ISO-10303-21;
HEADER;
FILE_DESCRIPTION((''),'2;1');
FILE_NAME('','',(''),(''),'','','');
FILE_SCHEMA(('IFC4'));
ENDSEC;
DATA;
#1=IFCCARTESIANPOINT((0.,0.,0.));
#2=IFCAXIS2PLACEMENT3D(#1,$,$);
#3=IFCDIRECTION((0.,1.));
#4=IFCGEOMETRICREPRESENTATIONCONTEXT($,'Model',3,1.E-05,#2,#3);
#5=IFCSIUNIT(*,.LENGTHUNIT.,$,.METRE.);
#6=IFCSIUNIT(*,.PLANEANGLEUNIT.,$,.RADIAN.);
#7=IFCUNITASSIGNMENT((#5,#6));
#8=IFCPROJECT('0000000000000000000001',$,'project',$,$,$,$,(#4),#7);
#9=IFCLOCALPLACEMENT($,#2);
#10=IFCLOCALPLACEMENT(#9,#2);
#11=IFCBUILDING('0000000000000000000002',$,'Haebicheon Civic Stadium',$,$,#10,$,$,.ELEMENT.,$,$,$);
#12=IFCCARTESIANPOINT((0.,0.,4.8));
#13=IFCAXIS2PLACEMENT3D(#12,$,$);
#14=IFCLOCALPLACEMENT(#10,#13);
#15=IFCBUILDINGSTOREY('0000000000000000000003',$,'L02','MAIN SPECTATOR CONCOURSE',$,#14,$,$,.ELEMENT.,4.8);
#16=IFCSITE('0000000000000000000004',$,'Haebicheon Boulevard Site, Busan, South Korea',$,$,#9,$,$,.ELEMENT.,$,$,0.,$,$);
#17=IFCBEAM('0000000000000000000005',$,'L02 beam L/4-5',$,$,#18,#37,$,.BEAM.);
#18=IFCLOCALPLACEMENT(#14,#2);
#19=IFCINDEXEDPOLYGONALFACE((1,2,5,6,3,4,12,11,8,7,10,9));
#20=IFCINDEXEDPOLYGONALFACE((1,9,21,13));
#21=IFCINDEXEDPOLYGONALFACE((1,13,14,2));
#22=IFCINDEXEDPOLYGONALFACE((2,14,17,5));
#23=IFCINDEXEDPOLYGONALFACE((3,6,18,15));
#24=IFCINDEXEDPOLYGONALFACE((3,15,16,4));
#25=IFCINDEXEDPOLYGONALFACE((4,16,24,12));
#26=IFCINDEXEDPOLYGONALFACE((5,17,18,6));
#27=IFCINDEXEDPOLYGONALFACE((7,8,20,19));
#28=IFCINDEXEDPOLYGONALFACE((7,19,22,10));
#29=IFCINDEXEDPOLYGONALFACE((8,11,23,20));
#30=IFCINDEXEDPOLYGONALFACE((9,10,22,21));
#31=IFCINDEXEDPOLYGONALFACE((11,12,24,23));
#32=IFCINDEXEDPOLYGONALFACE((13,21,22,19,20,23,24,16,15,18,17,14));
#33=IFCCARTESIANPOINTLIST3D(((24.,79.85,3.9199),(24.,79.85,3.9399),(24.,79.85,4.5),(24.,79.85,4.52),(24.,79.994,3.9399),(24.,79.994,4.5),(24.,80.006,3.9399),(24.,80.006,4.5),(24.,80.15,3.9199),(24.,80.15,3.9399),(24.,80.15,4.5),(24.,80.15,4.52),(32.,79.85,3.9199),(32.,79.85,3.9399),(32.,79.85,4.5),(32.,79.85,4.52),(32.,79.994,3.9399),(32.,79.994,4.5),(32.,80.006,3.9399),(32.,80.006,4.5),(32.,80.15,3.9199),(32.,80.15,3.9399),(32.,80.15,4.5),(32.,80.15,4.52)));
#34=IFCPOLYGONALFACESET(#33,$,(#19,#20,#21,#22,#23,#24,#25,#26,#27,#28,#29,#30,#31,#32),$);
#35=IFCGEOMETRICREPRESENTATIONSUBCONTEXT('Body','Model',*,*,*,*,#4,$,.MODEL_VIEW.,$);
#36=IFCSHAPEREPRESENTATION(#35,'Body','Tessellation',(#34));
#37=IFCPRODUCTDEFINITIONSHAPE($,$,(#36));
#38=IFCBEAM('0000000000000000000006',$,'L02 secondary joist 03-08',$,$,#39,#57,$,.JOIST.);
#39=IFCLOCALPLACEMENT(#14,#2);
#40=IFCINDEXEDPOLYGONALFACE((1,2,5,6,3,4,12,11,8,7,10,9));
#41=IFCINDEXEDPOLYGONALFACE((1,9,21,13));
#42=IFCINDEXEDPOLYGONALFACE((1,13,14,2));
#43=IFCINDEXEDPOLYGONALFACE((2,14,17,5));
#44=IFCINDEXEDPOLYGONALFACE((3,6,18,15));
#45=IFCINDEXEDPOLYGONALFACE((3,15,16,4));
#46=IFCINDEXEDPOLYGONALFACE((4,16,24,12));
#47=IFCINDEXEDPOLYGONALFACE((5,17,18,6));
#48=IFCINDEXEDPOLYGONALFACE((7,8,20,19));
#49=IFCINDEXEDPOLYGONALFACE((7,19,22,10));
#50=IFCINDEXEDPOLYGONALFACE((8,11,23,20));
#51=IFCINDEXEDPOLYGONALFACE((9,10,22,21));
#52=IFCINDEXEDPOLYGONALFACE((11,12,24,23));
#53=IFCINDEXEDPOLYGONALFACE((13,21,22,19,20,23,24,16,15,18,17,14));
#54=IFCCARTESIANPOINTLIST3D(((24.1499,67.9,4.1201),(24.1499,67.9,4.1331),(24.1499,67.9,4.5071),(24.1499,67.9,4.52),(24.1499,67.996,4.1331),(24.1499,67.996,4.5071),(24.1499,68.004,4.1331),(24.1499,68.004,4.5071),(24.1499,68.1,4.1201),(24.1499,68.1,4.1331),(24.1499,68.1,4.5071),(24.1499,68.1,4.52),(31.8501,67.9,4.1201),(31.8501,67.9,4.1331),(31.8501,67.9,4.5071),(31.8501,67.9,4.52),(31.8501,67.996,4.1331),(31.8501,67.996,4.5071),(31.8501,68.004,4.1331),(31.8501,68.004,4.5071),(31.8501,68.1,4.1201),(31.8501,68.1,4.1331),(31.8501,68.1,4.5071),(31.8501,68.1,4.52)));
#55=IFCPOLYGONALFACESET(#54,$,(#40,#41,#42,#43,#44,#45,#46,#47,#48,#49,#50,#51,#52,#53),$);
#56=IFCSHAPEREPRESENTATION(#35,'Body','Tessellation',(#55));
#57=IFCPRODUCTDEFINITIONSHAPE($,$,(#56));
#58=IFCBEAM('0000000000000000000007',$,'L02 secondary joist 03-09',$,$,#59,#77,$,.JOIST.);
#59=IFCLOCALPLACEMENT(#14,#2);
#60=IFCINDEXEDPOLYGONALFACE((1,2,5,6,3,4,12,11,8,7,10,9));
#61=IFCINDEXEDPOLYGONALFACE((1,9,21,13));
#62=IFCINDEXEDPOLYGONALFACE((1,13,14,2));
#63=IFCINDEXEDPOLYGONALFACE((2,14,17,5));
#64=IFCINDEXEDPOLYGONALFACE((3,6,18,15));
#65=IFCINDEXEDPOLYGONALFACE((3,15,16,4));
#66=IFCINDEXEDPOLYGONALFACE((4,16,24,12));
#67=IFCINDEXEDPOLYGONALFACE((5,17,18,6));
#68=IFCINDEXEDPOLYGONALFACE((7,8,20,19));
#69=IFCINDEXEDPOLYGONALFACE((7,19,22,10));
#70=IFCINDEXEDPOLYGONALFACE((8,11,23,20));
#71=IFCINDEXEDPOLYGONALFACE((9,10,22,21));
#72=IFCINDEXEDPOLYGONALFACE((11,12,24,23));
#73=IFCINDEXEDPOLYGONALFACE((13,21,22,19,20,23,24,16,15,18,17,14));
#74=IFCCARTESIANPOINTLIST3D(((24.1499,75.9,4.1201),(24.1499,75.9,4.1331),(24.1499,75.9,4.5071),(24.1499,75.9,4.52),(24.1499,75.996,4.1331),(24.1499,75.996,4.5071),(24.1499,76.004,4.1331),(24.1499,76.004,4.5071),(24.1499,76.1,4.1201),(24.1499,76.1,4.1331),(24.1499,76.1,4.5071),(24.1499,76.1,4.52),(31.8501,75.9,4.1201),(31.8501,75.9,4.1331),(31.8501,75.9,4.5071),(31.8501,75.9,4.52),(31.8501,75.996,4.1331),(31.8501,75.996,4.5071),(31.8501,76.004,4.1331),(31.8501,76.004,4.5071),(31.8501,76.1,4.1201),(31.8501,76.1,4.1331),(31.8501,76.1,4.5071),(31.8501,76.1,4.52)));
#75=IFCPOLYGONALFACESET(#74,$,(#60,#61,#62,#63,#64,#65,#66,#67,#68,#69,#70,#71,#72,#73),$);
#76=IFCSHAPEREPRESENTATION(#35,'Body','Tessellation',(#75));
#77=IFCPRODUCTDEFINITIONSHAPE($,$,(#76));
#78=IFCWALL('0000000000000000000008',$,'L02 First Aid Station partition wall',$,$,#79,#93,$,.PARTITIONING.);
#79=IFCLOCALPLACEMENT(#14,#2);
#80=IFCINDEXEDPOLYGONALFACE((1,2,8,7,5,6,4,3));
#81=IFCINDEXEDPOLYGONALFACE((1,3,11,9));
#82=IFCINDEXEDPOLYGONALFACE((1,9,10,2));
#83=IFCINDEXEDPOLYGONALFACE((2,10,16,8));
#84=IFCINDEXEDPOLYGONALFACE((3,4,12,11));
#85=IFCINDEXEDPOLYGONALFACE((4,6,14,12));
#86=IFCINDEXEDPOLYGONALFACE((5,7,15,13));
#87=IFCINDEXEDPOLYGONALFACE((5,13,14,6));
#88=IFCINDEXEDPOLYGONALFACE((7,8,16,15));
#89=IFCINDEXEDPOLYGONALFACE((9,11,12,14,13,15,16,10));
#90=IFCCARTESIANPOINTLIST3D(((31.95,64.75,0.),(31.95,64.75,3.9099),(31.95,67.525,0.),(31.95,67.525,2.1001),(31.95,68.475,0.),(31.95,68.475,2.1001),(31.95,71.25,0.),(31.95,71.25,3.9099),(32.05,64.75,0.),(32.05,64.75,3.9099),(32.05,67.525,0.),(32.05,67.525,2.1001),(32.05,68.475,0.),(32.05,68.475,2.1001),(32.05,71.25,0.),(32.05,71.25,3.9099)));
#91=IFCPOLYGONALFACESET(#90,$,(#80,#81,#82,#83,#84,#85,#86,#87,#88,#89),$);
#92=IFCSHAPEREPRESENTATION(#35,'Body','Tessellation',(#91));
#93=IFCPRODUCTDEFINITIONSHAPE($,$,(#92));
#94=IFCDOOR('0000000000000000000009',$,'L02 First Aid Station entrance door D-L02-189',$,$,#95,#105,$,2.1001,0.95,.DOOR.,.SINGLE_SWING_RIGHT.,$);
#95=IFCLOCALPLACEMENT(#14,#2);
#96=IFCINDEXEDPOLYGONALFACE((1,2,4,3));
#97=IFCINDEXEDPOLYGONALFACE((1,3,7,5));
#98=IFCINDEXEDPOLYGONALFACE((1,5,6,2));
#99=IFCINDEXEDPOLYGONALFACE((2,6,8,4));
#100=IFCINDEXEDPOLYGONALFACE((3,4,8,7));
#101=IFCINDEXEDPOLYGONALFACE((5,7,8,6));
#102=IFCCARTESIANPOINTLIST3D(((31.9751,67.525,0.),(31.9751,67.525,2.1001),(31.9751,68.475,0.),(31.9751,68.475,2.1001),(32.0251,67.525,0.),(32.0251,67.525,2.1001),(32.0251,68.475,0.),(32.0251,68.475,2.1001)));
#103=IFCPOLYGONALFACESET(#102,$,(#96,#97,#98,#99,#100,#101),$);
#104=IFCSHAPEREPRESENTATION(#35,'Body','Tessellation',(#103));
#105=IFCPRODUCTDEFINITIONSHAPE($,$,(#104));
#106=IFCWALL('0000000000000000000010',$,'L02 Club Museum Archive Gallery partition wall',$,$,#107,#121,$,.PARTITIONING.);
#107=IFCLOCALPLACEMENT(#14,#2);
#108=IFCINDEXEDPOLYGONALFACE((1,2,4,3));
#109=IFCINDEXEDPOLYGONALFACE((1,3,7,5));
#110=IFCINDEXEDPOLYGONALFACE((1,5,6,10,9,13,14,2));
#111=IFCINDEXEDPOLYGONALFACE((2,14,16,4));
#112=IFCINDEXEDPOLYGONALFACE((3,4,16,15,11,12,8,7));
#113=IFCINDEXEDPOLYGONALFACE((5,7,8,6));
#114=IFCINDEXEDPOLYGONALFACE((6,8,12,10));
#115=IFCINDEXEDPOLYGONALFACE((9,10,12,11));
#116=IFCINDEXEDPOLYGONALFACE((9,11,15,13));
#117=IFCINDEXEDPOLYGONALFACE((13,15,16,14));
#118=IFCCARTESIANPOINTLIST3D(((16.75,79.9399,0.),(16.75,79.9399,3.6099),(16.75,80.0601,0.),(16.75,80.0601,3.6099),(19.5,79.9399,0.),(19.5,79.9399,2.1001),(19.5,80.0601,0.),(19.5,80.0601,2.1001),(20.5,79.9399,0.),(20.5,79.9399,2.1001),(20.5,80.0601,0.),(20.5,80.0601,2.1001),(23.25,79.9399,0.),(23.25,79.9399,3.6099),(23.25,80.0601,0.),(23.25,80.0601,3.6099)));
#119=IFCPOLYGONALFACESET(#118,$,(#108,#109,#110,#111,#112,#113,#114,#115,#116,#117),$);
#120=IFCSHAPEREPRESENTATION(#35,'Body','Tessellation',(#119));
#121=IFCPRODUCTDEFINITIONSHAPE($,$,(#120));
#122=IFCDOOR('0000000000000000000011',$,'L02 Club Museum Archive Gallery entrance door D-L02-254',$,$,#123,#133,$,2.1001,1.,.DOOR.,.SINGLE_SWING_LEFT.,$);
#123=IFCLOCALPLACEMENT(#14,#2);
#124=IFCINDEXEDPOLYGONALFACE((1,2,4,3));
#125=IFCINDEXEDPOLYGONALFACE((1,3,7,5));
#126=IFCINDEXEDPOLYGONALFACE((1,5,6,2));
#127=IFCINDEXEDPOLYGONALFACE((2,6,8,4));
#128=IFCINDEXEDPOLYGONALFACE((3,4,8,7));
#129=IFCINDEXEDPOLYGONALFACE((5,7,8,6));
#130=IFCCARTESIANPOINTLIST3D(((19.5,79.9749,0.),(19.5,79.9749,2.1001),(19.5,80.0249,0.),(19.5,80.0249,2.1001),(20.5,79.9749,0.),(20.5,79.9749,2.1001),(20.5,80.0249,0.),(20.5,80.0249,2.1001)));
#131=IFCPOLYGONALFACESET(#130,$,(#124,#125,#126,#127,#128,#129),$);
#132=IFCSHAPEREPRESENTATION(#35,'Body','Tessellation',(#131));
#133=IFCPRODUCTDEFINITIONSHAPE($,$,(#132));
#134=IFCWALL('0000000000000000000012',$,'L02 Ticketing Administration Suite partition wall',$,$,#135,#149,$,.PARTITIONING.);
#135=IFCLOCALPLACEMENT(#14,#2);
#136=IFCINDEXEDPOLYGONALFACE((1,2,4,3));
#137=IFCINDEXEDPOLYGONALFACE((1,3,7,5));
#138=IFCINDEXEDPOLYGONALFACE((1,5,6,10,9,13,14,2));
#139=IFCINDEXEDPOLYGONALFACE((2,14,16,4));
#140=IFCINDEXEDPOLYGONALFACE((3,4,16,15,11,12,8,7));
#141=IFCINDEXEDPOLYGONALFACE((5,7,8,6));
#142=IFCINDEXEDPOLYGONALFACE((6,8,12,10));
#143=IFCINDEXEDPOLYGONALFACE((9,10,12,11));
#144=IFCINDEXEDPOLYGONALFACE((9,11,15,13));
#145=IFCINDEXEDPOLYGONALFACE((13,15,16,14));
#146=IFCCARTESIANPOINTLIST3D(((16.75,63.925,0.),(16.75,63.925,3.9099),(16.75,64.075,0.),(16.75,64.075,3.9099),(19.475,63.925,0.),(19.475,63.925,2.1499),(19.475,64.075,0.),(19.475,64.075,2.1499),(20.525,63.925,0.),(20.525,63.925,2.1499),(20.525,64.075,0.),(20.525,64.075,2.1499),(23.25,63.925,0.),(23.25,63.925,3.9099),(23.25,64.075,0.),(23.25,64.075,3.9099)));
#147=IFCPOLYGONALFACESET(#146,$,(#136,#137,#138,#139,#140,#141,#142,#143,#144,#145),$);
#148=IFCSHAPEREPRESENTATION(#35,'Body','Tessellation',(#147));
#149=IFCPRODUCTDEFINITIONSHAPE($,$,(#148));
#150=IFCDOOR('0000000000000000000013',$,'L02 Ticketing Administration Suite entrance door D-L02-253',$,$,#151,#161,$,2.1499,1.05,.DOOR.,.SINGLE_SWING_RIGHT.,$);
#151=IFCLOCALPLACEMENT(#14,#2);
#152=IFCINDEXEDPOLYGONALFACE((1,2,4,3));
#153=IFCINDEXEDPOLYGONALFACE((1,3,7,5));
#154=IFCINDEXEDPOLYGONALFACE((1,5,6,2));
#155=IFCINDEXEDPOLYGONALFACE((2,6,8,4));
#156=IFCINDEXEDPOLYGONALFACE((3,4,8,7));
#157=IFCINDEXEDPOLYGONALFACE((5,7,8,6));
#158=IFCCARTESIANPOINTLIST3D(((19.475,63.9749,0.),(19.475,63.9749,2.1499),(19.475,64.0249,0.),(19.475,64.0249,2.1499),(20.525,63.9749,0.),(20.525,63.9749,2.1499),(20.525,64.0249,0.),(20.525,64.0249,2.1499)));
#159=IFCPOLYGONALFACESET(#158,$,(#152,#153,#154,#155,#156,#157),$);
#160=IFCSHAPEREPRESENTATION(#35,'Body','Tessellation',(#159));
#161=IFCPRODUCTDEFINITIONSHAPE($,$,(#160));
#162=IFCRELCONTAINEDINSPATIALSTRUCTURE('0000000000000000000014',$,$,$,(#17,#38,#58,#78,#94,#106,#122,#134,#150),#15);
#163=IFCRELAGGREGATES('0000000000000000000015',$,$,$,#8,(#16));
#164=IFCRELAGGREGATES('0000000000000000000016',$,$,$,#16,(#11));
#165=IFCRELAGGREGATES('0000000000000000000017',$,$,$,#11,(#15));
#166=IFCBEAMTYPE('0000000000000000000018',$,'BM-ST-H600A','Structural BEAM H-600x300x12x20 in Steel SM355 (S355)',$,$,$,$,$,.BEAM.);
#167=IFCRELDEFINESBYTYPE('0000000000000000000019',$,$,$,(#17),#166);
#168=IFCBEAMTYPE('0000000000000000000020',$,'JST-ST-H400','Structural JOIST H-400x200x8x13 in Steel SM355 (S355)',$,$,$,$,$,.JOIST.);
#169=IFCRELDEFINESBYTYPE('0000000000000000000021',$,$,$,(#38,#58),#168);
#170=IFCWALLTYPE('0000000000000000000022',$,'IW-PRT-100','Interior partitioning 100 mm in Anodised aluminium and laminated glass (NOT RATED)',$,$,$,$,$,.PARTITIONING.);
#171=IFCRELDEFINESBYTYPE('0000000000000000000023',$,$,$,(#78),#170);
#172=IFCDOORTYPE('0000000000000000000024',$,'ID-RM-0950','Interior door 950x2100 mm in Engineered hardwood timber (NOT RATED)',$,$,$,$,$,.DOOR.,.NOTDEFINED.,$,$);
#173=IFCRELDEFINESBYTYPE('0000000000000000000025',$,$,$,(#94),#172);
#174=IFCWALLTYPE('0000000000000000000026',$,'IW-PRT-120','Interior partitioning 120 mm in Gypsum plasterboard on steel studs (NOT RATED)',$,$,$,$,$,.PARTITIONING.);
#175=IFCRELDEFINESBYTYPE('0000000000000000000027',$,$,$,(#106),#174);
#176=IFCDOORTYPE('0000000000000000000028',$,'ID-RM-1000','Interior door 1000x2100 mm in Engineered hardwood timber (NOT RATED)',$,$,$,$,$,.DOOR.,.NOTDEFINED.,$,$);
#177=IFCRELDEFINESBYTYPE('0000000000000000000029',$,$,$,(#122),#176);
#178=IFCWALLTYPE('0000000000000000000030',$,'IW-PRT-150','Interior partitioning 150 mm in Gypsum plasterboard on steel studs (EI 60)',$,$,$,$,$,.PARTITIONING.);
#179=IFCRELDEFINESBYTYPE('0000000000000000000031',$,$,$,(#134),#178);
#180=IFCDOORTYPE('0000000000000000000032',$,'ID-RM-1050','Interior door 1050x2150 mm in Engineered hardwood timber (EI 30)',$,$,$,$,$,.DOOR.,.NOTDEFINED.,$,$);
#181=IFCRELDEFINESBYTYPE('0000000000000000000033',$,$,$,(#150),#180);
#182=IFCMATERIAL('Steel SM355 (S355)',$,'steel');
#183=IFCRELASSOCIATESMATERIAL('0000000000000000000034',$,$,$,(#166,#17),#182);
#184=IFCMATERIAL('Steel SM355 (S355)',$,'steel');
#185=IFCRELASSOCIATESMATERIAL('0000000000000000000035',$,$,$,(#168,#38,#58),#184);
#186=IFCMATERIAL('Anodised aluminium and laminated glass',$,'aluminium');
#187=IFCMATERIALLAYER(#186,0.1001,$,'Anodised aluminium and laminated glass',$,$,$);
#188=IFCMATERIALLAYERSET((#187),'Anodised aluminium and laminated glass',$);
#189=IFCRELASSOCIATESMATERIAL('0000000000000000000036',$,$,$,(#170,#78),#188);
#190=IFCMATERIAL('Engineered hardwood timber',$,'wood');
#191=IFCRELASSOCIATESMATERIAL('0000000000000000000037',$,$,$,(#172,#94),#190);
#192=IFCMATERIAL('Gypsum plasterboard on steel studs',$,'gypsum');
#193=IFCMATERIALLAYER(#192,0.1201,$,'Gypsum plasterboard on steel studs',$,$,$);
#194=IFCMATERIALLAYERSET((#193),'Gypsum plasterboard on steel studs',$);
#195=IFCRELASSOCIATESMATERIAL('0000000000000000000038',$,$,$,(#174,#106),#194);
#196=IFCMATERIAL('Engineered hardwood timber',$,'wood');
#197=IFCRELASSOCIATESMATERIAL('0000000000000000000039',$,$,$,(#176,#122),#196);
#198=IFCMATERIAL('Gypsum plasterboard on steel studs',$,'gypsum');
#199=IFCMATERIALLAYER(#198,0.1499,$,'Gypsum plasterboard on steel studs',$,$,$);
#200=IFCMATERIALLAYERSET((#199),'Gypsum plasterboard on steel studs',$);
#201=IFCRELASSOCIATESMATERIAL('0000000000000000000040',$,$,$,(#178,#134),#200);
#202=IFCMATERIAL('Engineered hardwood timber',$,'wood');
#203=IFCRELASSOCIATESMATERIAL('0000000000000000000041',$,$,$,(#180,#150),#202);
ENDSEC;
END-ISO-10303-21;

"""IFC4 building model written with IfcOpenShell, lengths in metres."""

from ifc_helpers import new_model, si_unit, direction, frame, frame_2d, origin, origin_2d, place, context, subcontext, project, spatial, rectangle, i_section, extrude, material, layer, layer_set, material_profile, profile_set, type_object, element, fill, save


model = new_model("IFC4")

# Units and contexts
model_context = context("Model", 3, precision=1e-05, world=origin(), true_north=direction((0.0, 1.0)))
body_context = subcontext(model_context, "Body", "Model", "MODEL_VIEW")
ifc_project = project(units=[si_unit("LENGTHUNIT", "METRE"), si_unit("PLANEANGLEUNIT", "RADIAN")], contexts=[model_context])

# Site, building, storey
site_placement = place(None, origin())
site = spatial("IfcSite", under=ifc_project, at=site_placement, Name="Haebicheon Boulevard Site, Busan, South Korea", CompositionType="ELEMENT", RefElevation=0.0)
building_placement = place(site_placement, origin())
building = spatial("IfcBuilding", under=site, at=building_placement, Name="Haebicheon Civic Stadium", CompositionType="ELEMENT")
storey_placement = place(building_placement, frame((0.0, 0.0, 4.8)))
storey = spatial("IfcBuildingStorey", under=building, at=storey_placement, Name="L02", Description="MAIN SPECTATOR CONCOURSE", CompositionType="ELEMENT", Elevation=4.8)

# Beams
ifc_material_1 = material(Name="Steel SM355 (S355)", Category="steel")
ifc_material_profile_1 = material_profile(ifc_material_1, i_section(OverallWidth=0.3, OverallDepth=0.6001, WebThickness=0.012, FlangeThickness=0.02, at=origin_2d()), Name="H-600x300x12x20")
ifc_profile_set_1 = profile_set([ifc_material_profile_1], Name="Steel SM355 (S355)")
beam_type_1 = type_object("IfcBeamType", Name="BM-ST-H600A", Description="Structural BEAM H-600x300x12x20 in Steel SM355 (S355)", PredefinedType="BEAM", material=ifc_profile_set_1)
for number, where, z_axis, x_axis, name in (
    (1, (24.0, 80.0, 4.22), (1.0, 0.0, 0.0), (0.0, 1.0, 0.0), "L02 beam L/4-5"),
):
    element("IfcBeam", number, at=place(storey_placement, frame(where, z_axis=z_axis, x_axis=x_axis)), inside=storey, type_object=beam_type_1, material=ifc_profile_set_1, Name=name, PredefinedType="BEAM", context=body_context, shape_type="SweptSolid", body=[
        extrude(i_section(OverallWidth=0.3, OverallDepth=0.6001, WebThickness=0.012, FlangeThickness=0.02, at=origin_2d()), origin(), (0.0, 0.0, 1.0), 8.0),
    ])
ifc_material_2 = material(Name="Steel SM355 (S355)", Category="steel")
ifc_material_profile_2 = material_profile(ifc_material_2, i_section(OverallWidth=0.2, OverallDepth=0.3999, WebThickness=0.0081, FlangeThickness=0.0129, at=origin_2d()), Name="H-400x200x8x13")
ifc_profile_set_2 = profile_set([ifc_material_profile_2], Name="Steel SM355 (S355)")
beam_type_2 = type_object("IfcBeamType", Name="JST-ST-H400", Description="Structural JOIST H-400x200x8x13 in Steel SM355 (S355)", PredefinedType="JOIST", material=ifc_profile_set_2)
for number, where, z_axis, x_axis, name in (
    (2, (24.1499, 68.0, 4.3201), (1.0, 0.0, 0.0), (0.0, 1.0, 0.0), "L02 secondary joist 03-08"),
    (3, (24.1499, 76.0, 4.3201), (1.0, 0.0, 0.0), (0.0, 1.0, 0.0), "L02 secondary joist 03-09"),
):
    element("IfcBeam", number, at=place(storey_placement, frame(where, z_axis=z_axis, x_axis=x_axis)), inside=storey, type_object=beam_type_2, material=ifc_profile_set_2, Name=name, PredefinedType="JOIST", context=body_context, shape_type="SweptSolid", body=[
        extrude(i_section(OverallWidth=0.2, OverallDepth=0.3999, WebThickness=0.0081, FlangeThickness=0.0129, at=origin_2d()), origin(), (0.0, 0.0, 1.0), 7.7002),
    ])

# Walls, openings, doors
ifc_material_3 = material(Name="Anodised aluminium and laminated glass", Category="aluminium")
ifc_layer_1 = layer(ifc_material_3, 0.1001, Name="Anodised aluminium and laminated glass")
ifc_layer_set_1 = layer_set([ifc_layer_1], Name="Anodised aluminium and laminated glass")
wall_type_1 = type_object("IfcWallType", Name="IW-PRT-100", Description="Interior partitioning 100 mm in Anodised aluminium and laminated glass (NOT RATED)", PredefinedType="PARTITIONING", material=ifc_layer_set_1)
wall_1_placement = place(storey_placement, frame((32.0, 64.75, 0.0), z_axis=(0.0, 0.0, 1.0), x_axis=(0.0, 1.0, 0.0)))
wall_1 = element("IfcWall", 4, at=wall_1_placement, inside=storey, type_object=wall_type_1, material=ifc_layer_set_1, Name="L02 First Aid Station partition wall", PredefinedType="PARTITIONING", context=body_context, shape_type="SweptSolid", body=[
    extrude(rectangle(XDim=6.5, YDim=0.1001, at=frame_2d((3.25, 0.0))), origin(), (0.0, 0.0, 1.0), 3.9099),
])
opening_1_placement = place(wall_1_placement, frame((2.7749, 0.0, 0.0)))
opening_1 = element("IfcOpeningElement", 5, at=opening_1_placement, cuts=wall_1, PredefinedType="OPENING", context=body_context, shape_type="SweptSolid", body=[
    extrude(rectangle(XDim=0.95, YDim=2.1001, at=frame_2d((0.4751, 1.05))), frame((0.0, 0.0601, 0.0), z_axis=(0.0, -1.0, 0.0), x_axis=(1.0, 0.0, 0.0)), (0.0, 0.0, 1.0), 0.1201),
])
ifc_material_4 = material(Name="Engineered hardwood timber", Category="wood")
door_type_1 = type_object("IfcDoorType", Name="ID-RM-0950", Description="Interior door 950x2100 mm in Engineered hardwood timber (NOT RATED)", OperationType="NOTDEFINED", PredefinedType="DOOR", material=ifc_material_4)
door_1_placement = place(opening_1_placement, origin())
door_1 = element("IfcDoor", 6, at=door_1_placement, inside=storey, type_object=door_type_1, material=ifc_material_4, Name="L02 First Aid Station entrance door D-L02-189", OperationType="SINGLE_SWING_RIGHT", OverallHeight=2.1001, OverallWidth=0.95, PredefinedType="DOOR", context=body_context, shape_type="SweptSolid", body=[
    extrude(rectangle(XDim=0.95, YDim=2.1001, at=frame_2d((0.4751, 1.05))), frame((0.0, 0.0249, 0.0), z_axis=(0.0, -1.0, 0.0), x_axis=(1.0, 0.0, 0.0)), (0.0, 0.0, 1.0), 0.05),
])
fill(opening_1, door_1)
ifc_material_5 = material(Name="Gypsum plasterboard on steel studs", Category="gypsum")
ifc_layer_2 = layer(ifc_material_5, 0.1201, Name="Gypsum plasterboard on steel studs")
ifc_layer_set_2 = layer_set([ifc_layer_2], Name="Gypsum plasterboard on steel studs")
wall_type_2 = type_object("IfcWallType", Name="IW-PRT-120", Description="Interior partitioning 120 mm in Gypsum plasterboard on steel studs (NOT RATED)", PredefinedType="PARTITIONING", material=ifc_layer_set_2)
wall_2_placement = place(storey_placement, frame((16.75, 80.0, 0.0), z_axis=(0.0, 0.0, 1.0), x_axis=(1.0, 0.0, 0.0)))
wall_2 = element("IfcWall", 7, at=wall_2_placement, inside=storey, type_object=wall_type_2, material=ifc_layer_set_2, Name="L02 Club Museum Archive Gallery partition wall", PredefinedType="PARTITIONING", context=body_context, shape_type="SweptSolid", body=[
    extrude(rectangle(XDim=6.5, YDim=0.1201, at=frame_2d((3.25, 0.0))), origin(), (0.0, 0.0, 1.0), 3.6099),
])
opening_2_placement = place(wall_2_placement, frame((2.75, 0.0, 0.0)))
opening_2 = element("IfcOpeningElement", 8, at=opening_2_placement, cuts=wall_2, PredefinedType="OPENING", context=body_context, shape_type="SweptSolid", body=[
    extrude(rectangle(XDim=1.0, YDim=2.1001, at=frame_2d((0.5, 1.05))), frame((0.0, 0.0701, 0.0), z_axis=(0.0, -1.0, 0.0), x_axis=(1.0, 0.0, 0.0)), (0.0, 0.0, 1.0), 0.1401),
])
ifc_material_6 = material(Name="Engineered hardwood timber", Category="wood")
door_type_2 = type_object("IfcDoorType", Name="ID-RM-1000", Description="Interior door 1000x2100 mm in Engineered hardwood timber (NOT RATED)", OperationType="NOTDEFINED", PredefinedType="DOOR", material=ifc_material_6)
door_2_placement = place(opening_2_placement, origin())
door_2 = element("IfcDoor", 9, at=door_2_placement, inside=storey, type_object=door_type_2, material=ifc_material_6, Name="L02 Club Museum Archive Gallery entrance door D-L02-254", OperationType="SINGLE_SWING_LEFT", OverallHeight=2.1001, OverallWidth=1.0, PredefinedType="DOOR", context=body_context, shape_type="SweptSolid", body=[
    extrude(rectangle(XDim=1.0, YDim=2.1001, at=frame_2d((0.5, 1.05))), frame((0.0, 0.0249, 0.0), z_axis=(0.0, -1.0, 0.0), x_axis=(1.0, 0.0, 0.0)), (0.0, 0.0, 1.0), 0.05),
])
fill(opening_2, door_2)
ifc_material_7 = material(Name="Gypsum plasterboard on steel studs", Category="gypsum")
ifc_layer_3 = layer(ifc_material_7, 0.1499, Name="Gypsum plasterboard on steel studs")
ifc_layer_set_3 = layer_set([ifc_layer_3], Name="Gypsum plasterboard on steel studs")
wall_type_3 = type_object("IfcWallType", Name="IW-PRT-150", Description="Interior partitioning 150 mm in Gypsum plasterboard on steel studs (EI 60)", PredefinedType="PARTITIONING", material=ifc_layer_set_3)
wall_3_placement = place(storey_placement, frame((16.75, 64.0, 0.0), z_axis=(0.0, 0.0, 1.0), x_axis=(1.0, 0.0, 0.0)))
wall_3 = element("IfcWall", 10, at=wall_3_placement, inside=storey, type_object=wall_type_3, material=ifc_layer_set_3, Name="L02 Ticketing Administration Suite partition wall", PredefinedType="PARTITIONING", context=body_context, shape_type="SweptSolid", body=[
    extrude(rectangle(XDim=6.5, YDim=0.1499, at=frame_2d((3.25, 0.0))), origin(), (0.0, 0.0, 1.0), 3.9099),
])
opening_3_placement = place(wall_3_placement, frame((2.7251, 0.0, 0.0)))
opening_3 = element("IfcOpeningElement", 11, at=opening_3_placement, cuts=wall_3, PredefinedType="OPENING", context=body_context, shape_type="SweptSolid", body=[
    extrude(rectangle(XDim=1.05, YDim=2.1499, at=frame_2d((0.5249, 1.075))), frame((0.0, 0.085, 0.0), z_axis=(0.0, -1.0, 0.0), x_axis=(1.0, 0.0, 0.0)), (0.0, 0.0, 1.0), 0.1699),
])
ifc_material_8 = material(Name="Engineered hardwood timber", Category="wood")
door_type_3 = type_object("IfcDoorType", Name="ID-RM-1050", Description="Interior door 1050x2150 mm in Engineered hardwood timber (EI 30)", OperationType="NOTDEFINED", PredefinedType="DOOR", material=ifc_material_8)
door_3_placement = place(opening_3_placement, origin())
door_3 = element("IfcDoor", 12, at=door_3_placement, inside=storey, type_object=door_type_3, material=ifc_material_8, Name="L02 Ticketing Administration Suite entrance door D-L02-253", OperationType="SINGLE_SWING_RIGHT", OverallHeight=2.1499, OverallWidth=1.05, PredefinedType="DOOR", context=body_context, shape_type="SweptSolid", body=[
    extrude(rectangle(XDim=1.05, YDim=2.1499, at=frame_2d((0.5249, 1.075))), frame((0.0, 0.0249, 0.0), z_axis=(0.0, -1.0, 0.0), x_axis=(1.0, 0.0, 0.0)), (0.0, 0.0, 1.0), 0.05),
])
fill(opening_3, door_3)

save(model, "model.ifc")
